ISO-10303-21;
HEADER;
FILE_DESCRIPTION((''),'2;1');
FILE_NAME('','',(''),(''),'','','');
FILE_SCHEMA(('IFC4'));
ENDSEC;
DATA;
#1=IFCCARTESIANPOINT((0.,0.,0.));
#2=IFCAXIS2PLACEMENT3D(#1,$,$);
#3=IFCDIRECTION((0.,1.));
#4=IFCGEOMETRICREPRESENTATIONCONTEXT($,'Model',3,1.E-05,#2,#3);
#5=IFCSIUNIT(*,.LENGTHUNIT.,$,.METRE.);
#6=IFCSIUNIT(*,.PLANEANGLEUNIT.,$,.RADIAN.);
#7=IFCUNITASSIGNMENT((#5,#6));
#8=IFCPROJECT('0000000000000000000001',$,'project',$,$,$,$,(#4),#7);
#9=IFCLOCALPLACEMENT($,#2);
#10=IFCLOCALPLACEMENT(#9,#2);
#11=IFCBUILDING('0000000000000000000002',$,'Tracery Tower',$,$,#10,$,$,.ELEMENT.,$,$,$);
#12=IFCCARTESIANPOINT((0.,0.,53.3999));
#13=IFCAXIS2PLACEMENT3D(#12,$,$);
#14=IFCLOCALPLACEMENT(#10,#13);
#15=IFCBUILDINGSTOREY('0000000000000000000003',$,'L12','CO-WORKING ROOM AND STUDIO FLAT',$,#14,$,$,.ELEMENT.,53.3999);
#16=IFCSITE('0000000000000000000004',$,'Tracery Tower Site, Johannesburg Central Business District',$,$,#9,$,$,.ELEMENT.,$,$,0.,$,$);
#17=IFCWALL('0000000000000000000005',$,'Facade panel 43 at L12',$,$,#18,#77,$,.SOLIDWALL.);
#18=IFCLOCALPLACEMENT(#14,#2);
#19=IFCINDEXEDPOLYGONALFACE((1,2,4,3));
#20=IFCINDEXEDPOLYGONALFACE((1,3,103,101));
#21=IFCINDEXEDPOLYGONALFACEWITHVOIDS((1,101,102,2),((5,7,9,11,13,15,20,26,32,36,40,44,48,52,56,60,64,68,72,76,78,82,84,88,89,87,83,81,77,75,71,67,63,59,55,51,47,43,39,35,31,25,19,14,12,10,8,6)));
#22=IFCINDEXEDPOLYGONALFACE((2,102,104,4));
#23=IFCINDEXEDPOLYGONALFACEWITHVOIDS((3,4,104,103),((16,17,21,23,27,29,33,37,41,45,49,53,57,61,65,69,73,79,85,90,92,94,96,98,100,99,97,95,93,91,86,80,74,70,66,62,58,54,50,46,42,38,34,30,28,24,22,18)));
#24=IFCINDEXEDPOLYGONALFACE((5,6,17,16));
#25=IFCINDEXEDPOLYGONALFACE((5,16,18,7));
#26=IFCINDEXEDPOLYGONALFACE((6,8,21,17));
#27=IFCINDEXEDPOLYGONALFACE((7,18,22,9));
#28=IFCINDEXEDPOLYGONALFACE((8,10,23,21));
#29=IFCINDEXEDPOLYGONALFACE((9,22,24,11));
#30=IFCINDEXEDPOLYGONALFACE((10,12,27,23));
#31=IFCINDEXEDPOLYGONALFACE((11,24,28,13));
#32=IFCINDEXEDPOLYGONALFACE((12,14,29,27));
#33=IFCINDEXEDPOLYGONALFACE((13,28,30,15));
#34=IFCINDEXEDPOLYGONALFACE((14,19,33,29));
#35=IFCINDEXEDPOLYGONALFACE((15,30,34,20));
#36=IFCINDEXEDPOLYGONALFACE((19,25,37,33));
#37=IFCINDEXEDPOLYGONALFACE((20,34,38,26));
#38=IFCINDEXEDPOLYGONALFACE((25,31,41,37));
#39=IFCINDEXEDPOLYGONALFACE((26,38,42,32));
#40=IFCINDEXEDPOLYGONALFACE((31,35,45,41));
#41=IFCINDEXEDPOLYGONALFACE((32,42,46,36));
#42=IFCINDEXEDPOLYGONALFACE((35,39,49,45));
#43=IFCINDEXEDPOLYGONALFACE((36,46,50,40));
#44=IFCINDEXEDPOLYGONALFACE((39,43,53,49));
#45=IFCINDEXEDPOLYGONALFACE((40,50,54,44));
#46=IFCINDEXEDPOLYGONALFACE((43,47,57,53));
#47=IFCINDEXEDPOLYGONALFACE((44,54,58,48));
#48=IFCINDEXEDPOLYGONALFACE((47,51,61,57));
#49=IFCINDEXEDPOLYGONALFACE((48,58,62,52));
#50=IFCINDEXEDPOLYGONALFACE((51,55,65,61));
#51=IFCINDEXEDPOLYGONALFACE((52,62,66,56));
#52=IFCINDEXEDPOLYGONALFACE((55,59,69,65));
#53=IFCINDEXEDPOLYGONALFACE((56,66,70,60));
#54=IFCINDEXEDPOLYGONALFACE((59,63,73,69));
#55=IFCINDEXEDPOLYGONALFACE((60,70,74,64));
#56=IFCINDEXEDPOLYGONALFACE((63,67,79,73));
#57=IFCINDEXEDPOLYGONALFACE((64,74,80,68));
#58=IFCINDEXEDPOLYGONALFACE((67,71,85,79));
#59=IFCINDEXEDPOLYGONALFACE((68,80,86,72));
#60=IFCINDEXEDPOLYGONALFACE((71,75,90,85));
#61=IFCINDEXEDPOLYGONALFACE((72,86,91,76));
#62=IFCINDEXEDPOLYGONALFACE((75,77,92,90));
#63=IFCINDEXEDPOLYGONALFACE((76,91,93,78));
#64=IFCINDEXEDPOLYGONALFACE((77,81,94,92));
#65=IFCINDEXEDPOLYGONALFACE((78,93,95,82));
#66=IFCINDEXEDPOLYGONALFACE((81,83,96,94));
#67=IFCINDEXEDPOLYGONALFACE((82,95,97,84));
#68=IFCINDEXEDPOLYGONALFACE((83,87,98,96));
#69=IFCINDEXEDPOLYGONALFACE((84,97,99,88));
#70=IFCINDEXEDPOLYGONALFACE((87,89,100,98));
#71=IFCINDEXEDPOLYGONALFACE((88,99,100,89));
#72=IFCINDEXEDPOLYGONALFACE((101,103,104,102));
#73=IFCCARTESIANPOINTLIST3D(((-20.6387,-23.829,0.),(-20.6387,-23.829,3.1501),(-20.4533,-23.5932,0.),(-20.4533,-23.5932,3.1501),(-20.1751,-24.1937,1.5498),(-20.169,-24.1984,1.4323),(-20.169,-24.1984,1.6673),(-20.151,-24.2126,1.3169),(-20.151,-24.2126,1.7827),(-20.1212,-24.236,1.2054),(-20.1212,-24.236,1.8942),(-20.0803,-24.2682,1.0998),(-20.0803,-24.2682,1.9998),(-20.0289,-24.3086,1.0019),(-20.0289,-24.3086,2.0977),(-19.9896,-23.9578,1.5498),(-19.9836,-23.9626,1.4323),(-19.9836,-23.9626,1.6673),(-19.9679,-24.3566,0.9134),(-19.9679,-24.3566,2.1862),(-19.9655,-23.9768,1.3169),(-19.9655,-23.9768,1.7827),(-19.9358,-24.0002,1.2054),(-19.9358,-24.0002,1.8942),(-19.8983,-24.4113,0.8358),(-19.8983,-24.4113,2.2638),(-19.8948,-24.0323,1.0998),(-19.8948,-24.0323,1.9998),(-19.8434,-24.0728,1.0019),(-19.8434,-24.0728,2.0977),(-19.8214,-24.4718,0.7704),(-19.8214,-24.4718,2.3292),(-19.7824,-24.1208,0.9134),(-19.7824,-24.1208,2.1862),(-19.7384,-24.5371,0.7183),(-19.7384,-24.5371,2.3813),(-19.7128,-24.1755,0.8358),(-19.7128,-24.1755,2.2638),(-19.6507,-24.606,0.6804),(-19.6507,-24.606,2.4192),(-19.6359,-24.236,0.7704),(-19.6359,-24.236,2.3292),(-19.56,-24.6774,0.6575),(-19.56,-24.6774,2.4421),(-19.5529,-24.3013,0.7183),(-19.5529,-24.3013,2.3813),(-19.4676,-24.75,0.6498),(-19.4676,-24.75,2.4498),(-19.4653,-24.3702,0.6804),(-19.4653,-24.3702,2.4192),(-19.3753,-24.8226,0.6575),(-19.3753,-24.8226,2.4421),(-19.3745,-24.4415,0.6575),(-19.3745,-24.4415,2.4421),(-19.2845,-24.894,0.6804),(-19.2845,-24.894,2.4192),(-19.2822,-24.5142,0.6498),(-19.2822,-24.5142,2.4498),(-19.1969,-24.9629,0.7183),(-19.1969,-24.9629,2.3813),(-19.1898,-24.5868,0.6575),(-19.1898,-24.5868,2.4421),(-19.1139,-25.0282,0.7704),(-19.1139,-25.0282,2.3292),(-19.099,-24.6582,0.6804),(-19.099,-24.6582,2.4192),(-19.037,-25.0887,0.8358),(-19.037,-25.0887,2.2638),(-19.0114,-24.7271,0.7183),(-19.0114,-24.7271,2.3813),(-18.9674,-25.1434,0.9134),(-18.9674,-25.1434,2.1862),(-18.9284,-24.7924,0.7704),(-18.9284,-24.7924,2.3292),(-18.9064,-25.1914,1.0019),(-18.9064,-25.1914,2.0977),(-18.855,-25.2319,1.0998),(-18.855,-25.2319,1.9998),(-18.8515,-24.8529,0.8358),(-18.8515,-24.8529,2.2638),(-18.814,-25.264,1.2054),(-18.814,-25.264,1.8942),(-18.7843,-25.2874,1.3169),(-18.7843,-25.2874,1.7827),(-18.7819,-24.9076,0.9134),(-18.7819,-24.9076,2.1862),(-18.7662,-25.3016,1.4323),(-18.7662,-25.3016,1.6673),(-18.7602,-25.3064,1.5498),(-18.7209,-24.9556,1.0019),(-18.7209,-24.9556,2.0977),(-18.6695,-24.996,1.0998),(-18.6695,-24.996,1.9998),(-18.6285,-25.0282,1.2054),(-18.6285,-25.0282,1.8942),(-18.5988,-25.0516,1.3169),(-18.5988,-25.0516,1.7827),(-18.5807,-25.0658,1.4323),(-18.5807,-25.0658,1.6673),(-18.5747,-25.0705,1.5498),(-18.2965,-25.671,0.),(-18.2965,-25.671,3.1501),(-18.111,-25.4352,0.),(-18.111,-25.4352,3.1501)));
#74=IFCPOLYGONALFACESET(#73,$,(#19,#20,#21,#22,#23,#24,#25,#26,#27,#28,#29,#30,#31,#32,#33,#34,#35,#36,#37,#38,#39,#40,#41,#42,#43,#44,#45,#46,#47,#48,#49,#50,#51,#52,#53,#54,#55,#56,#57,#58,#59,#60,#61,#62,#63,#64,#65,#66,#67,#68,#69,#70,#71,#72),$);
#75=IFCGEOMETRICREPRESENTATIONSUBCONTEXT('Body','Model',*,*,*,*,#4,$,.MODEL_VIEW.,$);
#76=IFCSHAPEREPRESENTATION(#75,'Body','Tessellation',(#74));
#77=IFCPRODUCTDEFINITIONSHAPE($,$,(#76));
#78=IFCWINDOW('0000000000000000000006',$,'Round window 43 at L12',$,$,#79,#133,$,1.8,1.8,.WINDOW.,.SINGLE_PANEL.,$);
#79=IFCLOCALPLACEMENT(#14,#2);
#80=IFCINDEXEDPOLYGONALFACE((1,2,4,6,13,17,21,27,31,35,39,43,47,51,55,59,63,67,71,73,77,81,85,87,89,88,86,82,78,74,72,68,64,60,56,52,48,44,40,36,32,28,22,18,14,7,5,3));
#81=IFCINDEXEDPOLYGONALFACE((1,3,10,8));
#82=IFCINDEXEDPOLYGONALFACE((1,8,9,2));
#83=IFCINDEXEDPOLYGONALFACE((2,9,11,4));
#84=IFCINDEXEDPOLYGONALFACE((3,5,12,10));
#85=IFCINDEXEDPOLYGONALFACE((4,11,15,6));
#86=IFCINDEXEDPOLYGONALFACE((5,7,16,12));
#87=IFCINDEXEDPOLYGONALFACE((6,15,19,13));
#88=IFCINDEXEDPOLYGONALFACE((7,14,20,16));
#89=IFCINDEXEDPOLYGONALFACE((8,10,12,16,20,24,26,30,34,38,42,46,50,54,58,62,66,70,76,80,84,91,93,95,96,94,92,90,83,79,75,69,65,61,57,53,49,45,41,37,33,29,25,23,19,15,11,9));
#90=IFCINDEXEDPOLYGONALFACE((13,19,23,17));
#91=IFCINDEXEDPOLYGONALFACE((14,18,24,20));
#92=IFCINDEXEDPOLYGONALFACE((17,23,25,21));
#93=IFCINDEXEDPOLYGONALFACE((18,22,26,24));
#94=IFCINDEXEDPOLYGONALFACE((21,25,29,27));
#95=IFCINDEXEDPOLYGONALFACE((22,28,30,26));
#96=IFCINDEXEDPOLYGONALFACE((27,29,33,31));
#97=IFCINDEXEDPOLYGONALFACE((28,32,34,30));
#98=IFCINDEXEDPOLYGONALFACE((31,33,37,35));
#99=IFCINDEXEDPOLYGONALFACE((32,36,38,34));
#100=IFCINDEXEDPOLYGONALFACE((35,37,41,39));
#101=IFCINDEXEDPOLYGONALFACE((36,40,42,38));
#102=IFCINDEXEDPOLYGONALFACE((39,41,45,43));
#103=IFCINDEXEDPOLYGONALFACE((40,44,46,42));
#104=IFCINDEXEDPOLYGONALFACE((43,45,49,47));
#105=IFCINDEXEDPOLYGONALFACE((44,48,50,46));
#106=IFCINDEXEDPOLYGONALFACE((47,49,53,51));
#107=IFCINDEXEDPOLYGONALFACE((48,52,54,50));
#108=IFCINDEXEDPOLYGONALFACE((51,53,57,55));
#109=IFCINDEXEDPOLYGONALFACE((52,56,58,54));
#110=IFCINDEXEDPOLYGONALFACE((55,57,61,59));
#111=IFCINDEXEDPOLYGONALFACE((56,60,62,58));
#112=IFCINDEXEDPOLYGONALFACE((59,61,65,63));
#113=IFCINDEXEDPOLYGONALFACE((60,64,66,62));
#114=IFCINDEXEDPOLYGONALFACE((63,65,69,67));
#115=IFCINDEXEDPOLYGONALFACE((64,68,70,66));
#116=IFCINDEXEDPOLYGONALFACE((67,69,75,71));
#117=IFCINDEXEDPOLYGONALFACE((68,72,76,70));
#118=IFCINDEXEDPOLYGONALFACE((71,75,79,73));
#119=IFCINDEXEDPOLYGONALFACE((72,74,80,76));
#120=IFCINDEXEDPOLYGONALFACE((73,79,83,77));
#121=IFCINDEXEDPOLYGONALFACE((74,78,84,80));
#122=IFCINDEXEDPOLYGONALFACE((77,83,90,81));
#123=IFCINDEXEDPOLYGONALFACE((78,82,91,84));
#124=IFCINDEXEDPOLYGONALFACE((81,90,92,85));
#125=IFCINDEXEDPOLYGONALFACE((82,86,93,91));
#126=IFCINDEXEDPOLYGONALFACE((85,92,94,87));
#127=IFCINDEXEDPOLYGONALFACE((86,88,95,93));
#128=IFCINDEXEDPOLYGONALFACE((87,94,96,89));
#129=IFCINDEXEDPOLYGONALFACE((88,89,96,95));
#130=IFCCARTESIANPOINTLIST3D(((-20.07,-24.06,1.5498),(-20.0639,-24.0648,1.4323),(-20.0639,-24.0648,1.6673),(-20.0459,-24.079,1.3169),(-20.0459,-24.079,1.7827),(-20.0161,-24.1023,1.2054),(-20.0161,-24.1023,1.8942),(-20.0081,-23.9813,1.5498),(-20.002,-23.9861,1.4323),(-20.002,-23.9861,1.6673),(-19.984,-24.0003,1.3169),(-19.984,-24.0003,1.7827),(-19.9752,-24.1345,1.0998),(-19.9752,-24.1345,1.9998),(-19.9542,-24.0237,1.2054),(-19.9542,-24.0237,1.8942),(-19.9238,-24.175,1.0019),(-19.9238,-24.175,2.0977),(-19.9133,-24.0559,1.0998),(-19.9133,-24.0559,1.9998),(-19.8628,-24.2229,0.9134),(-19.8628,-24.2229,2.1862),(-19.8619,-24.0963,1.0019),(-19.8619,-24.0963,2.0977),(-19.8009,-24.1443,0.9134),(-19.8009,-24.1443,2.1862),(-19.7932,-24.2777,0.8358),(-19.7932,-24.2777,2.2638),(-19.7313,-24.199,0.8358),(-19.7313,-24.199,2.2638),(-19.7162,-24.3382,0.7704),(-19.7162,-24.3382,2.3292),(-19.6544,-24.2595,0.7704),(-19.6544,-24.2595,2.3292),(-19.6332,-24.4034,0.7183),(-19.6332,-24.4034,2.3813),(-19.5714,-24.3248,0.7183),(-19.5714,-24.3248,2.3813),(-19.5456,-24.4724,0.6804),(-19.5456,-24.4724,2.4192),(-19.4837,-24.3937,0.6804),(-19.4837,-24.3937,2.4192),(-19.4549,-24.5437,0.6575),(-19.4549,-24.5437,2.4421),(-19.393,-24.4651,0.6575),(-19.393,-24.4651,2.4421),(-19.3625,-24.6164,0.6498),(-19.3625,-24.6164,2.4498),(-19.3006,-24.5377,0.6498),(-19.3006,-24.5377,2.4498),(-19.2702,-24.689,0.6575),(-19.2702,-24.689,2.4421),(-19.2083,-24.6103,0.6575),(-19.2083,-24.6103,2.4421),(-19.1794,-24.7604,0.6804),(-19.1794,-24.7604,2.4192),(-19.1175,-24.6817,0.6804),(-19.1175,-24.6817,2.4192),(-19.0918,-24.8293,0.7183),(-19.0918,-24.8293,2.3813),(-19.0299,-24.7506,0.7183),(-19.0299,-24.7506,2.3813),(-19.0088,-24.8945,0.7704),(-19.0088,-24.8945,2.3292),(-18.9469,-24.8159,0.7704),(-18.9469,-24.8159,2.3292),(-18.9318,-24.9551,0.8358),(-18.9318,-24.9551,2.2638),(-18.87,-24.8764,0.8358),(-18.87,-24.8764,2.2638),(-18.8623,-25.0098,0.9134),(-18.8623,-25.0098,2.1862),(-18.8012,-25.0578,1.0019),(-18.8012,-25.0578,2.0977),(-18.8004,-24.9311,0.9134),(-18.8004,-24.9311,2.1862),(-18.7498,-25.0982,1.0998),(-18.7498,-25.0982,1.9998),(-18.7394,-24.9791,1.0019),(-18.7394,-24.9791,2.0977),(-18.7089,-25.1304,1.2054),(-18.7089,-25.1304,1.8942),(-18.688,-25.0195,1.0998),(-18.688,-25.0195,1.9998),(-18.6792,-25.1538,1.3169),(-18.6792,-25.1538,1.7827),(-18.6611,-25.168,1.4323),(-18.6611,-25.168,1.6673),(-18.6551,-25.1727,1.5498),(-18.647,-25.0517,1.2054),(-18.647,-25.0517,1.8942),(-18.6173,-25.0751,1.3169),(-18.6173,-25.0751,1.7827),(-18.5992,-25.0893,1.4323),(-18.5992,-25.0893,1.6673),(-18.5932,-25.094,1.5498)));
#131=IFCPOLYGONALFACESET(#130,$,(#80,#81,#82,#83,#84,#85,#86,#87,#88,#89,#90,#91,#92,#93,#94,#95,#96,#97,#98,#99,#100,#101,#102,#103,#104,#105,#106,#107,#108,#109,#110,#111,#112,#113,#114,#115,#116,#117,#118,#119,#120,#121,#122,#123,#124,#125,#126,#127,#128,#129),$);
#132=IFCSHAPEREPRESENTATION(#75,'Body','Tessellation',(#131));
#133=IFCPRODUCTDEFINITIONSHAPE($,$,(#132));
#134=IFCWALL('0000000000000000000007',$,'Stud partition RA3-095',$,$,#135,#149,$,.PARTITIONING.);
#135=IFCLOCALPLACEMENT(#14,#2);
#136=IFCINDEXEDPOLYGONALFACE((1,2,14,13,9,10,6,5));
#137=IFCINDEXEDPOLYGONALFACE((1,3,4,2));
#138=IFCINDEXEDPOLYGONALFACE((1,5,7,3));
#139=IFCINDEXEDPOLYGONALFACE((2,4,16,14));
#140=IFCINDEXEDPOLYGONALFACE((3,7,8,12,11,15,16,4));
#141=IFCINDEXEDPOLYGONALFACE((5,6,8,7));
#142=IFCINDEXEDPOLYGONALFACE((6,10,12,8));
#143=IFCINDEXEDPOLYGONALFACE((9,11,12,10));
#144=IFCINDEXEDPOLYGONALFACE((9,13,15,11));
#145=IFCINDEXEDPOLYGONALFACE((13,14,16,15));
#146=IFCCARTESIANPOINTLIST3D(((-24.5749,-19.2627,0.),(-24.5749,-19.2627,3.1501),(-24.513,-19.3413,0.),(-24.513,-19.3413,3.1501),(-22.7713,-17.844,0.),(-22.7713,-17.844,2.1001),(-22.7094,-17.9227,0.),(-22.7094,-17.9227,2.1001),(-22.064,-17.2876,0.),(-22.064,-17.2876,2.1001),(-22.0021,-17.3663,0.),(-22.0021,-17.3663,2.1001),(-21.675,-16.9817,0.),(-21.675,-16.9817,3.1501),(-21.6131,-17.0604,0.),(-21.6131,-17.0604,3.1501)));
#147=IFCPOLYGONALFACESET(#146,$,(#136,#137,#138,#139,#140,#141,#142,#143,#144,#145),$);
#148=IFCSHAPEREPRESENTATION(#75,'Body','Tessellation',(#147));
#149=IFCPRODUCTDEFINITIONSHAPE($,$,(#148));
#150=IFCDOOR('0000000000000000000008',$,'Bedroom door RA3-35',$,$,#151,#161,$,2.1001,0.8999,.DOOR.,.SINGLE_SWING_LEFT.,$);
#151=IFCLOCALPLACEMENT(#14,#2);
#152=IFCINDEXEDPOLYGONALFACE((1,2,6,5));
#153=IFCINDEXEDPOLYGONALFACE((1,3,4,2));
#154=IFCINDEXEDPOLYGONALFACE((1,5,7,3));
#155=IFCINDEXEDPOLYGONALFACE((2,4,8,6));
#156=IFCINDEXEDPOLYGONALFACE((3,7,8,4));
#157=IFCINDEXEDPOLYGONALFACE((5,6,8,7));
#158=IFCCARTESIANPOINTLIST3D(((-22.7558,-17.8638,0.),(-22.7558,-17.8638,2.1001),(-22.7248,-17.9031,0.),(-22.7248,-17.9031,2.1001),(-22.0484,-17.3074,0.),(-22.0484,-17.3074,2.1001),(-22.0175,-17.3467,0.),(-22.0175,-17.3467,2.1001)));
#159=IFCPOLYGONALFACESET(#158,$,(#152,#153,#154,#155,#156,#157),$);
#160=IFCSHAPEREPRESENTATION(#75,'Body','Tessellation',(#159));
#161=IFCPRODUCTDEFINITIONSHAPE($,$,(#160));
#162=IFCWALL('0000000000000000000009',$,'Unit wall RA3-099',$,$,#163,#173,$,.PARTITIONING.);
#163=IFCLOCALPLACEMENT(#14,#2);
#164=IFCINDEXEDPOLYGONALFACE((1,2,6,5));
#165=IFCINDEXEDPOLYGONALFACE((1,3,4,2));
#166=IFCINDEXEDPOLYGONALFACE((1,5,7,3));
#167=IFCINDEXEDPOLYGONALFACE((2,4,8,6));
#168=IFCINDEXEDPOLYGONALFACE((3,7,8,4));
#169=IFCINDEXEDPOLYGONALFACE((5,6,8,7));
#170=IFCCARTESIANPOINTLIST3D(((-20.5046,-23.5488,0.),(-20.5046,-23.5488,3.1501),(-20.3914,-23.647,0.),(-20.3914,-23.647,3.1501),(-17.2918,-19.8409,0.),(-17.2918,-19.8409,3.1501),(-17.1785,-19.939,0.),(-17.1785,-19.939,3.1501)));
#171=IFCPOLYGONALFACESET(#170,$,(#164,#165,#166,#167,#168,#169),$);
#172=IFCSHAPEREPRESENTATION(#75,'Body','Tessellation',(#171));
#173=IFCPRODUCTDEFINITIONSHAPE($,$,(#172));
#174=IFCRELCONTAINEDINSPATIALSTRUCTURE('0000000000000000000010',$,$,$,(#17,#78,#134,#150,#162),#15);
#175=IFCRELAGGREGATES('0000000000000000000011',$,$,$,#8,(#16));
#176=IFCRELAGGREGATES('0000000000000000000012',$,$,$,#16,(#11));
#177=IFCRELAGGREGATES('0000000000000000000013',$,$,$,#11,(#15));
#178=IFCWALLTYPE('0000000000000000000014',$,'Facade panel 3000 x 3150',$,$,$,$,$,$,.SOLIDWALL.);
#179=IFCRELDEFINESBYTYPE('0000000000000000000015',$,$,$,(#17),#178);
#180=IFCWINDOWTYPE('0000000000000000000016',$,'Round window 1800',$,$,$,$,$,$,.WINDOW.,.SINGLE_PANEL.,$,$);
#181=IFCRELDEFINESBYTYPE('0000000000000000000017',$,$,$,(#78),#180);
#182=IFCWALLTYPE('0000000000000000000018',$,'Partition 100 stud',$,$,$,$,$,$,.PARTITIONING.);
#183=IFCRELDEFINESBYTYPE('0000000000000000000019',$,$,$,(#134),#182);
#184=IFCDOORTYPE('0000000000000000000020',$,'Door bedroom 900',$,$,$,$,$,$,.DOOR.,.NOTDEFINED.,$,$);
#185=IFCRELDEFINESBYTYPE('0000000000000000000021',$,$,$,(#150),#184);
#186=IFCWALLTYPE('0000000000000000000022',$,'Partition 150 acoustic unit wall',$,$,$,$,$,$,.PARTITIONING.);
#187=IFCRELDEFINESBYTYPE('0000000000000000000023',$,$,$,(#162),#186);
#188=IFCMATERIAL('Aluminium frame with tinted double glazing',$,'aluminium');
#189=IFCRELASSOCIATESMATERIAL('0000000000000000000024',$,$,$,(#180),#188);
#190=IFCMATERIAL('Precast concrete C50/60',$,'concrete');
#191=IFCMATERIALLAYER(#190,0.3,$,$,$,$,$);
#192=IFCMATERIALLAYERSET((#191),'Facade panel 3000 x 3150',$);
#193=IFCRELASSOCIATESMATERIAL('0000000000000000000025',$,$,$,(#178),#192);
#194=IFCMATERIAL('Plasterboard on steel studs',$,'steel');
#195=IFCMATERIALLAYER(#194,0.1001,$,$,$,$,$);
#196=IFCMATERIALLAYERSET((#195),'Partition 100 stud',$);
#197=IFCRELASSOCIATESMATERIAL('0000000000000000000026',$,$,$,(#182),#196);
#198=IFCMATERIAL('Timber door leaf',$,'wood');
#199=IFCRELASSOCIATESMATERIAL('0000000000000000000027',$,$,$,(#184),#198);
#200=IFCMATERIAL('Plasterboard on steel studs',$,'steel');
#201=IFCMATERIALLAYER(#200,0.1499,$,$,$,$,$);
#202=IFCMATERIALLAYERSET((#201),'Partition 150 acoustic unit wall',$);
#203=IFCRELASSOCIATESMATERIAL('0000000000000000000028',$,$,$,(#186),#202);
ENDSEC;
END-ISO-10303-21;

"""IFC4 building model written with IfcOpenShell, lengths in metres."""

from ifc_helpers import new_model, si_unit, direction, frame, frame_2d, origin, origin_2d, place, context, subcontext, project, spatial, rectangle, circle, extrude, material, layer, layer_set, type_object, element, fill, save


model = new_model("IFC4")

# Units and contexts
model_context = context("Model", 3, precision=1e-05, world=origin(), true_north=direction((0.0, 1.0)))
body_context = subcontext(model_context, "Body", "Model", "MODEL_VIEW")
ifc_project = project(units=[si_unit("LENGTHUNIT", "METRE"), si_unit("PLANEANGLEUNIT", "RADIAN")], contexts=[model_context])

# Site, building, storey
site_placement = place(None, origin())
site = spatial("IfcSite", under=ifc_project, at=site_placement, Name="Tracery Tower Site, Johannesburg Central Business District", CompositionType="ELEMENT", RefElevation=0.0)
building_placement = place(site_placement, origin())
building = spatial("IfcBuilding", under=site, at=building_placement, Name="Tracery Tower", CompositionType="ELEMENT")
storey_placement = place(building_placement, frame((0.0, 0.0, 53.3999)))
storey = spatial("IfcBuildingStorey", under=building, at=storey_placement, Name="L12", Description="CO-WORKING ROOM AND STUDIO FLAT", CompositionType="ELEMENT", Elevation=53.3999)

# Wall, opening, window
ifc_material_1 = material(Name="Aluminium frame with tinted double glazing", Category="aluminium")
window_type = type_object("IfcWindowType", Name="Round window 1800", PartitioningType="SINGLE_PANEL", PredefinedType="WINDOW", material=ifc_material_1)
ifc_material_2 = material(Name="Precast concrete C50/60", Category="concrete")
ifc_layer_1 = layer(ifc_material_2, 0.3)
ifc_layer_set_1 = layer_set([ifc_layer_1], Name="Facade panel 3000 x 3150")
wall_type_1 = type_object("IfcWallType", Name="Facade panel 3000 x 3150", PredefinedType="SOLIDWALL", material=ifc_layer_set_1)
wall_1_placement = place(storey_placement, frame((-20.5459, -23.7112, 0.0), z_axis=(0.0, 0.0, 1.0), x_axis=(0.786045, -0.618169, 0.0)))
wall_1 = element("IfcWall", 1, at=wall_1_placement, inside=storey, type_object=wall_type_1, Name="Facade panel 43 at L12", PredefinedType="SOLIDWALL", context=body_context, shape_type="SweptSolid", body=[
    extrude(rectangle(XDim=2.9797, YDim=0.3, at=frame_2d((1.4897, 0.0))), origin(), (0.0, 0.0, 1.0), 3.1501),
])
opening_1_placement = place(wall_1_placement, frame((1.4897, 0.0, 1.5498)))
opening_1 = element("IfcOpeningElement", 2, at=opening_1_placement, cuts=wall_1, PredefinedType="OPENING", context=body_context, shape_type="SweptSolid", body=[
    extrude(circle(Radius=0.9, at=origin_2d()), frame((0.0, 0.1599, 0.0), z_axis=(0.0, -1.0, 0.0), x_axis=(1.0, 0.0, 0.0)), (0.0, 0.0, 1.0), 0.3201),
])
window_1_placement = place(opening_1_placement, origin())
window_1 = element("IfcWindow", 3, at=window_1_placement, inside=storey, type_object=window_type, Name="Round window 43 at L12", OverallHeight=1.8, OverallWidth=1.8, PartitioningType="SINGLE_PANEL", PredefinedType="WINDOW", context=body_context, shape_type="SweptSolid", body=[
    extrude(circle(Radius=0.9, at=origin_2d()), frame((0.0, 0.1201, 0.0), z_axis=(0.0, -1.0, 0.0), x_axis=(1.0, 0.0, 0.0)), (0.0, 0.0, 1.0), 0.1001),
])
fill(opening_1, window_1)

# Wall, opening, door
ifc_material_3 = material(Name="Plasterboard on steel studs", Category="steel")
ifc_layer_2 = layer(ifc_material_3, 0.1001)
ifc_layer_set_2 = layer_set([ifc_layer_2], Name="Partition 100 stud")
wall_type_2 = type_object("IfcWallType", Name="Partition 100 stud", PredefinedType="PARTITIONING", material=ifc_layer_set_2)
wall_2_placement = place(storey_placement, frame((-24.5439, -19.302, 0.0), z_axis=(0.0, 0.0, 1.0), x_axis=(0.785988, 0.618242, 0.0)))
wall_2 = element("IfcWall", 4, at=wall_2_placement, inside=storey, type_object=wall_type_2, Name="Stud partition RA3-095", PredefinedType="PARTITIONING", context=body_context, shape_type="SweptSolid", body=[
    extrude(rectangle(XDim=3.6895, YDim=0.1001, at=frame_2d((1.8447, 0.0))), origin(), (0.0, 0.0, 1.0), 3.1501),
])
opening_2_placement = place(wall_2_placement, frame((2.2947, 0.0, 0.0)))
opening_2 = element("IfcOpeningElement", 5, at=opening_2_placement, cuts=wall_2, PredefinedType="OPENING", context=body_context, shape_type="SweptSolid", body=[
    extrude(rectangle(XDim=0.8999, YDim=2.1001, at=frame_2d((0.45, 1.05))), frame((0.0, 0.05, 0.0), z_axis=(0.0, -1.0, 0.0), x_axis=(1.0, 0.0, 0.0)), (0.0, 0.0, 1.0), 0.1001),
])
ifc_material_4 = material(Name="Timber door leaf", Category="wood")
door_type_1 = type_object("IfcDoorType", Name="Door bedroom 900", OperationType="NOTDEFINED", PredefinedType="DOOR", material=ifc_material_4)
door_1_placement = place(opening_2_placement, origin())
door_1 = element("IfcDoor", 6, at=door_1_placement, inside=storey, type_object=door_type_1, Name="Bedroom door RA3-35", OperationType="SINGLE_SWING_LEFT", OverallHeight=2.1001, OverallWidth=0.8999, PredefinedType="DOOR", context=body_context, shape_type="SweptSolid", body=[
    extrude(rectangle(XDim=0.8999, YDim=2.1001, at=frame_2d((0.45, 1.05))), frame((0.0, 0.0249, 0.0), z_axis=(0.0, -1.0, 0.0), x_axis=(1.0, 0.0, 0.0)), (0.0, 0.0, 1.0), 0.05),
])
fill(opening_2, door_1)

# Wall
ifc_material_5 = material(Name="Plasterboard on steel studs", Category="steel")
ifc_layer_3 = layer(ifc_material_5, 0.1499)
ifc_layer_set_3 = layer_set([ifc_layer_3], Name="Partition 150 acoustic unit wall")
wall_type_3 = type_object("IfcWallType", Name="Partition 150 acoustic unit wall", PredefinedType="PARTITIONING", material=ifc_layer_set_3)
wall_3_placement = place(storey_placement, frame((-20.448, -23.5979, 0.0), z_axis=(0.0, 0.0, 1.0), x_axis=(0.654847, 0.755761, 0.0)))
element("IfcWall", 7, at=wall_3_placement, inside=storey, type_object=wall_type_3, Name="Unit wall RA3-099", PredefinedType="PARTITIONING", context=body_context, shape_type="SweptSolid", body=[
    extrude(rectangle(XDim=4.9062, YDim=0.1499, at=frame_2d((2.4531, 0.0))), origin(), (0.0, 0.0, 1.0), 3.1501),
])

save(model, "model.ifc")
